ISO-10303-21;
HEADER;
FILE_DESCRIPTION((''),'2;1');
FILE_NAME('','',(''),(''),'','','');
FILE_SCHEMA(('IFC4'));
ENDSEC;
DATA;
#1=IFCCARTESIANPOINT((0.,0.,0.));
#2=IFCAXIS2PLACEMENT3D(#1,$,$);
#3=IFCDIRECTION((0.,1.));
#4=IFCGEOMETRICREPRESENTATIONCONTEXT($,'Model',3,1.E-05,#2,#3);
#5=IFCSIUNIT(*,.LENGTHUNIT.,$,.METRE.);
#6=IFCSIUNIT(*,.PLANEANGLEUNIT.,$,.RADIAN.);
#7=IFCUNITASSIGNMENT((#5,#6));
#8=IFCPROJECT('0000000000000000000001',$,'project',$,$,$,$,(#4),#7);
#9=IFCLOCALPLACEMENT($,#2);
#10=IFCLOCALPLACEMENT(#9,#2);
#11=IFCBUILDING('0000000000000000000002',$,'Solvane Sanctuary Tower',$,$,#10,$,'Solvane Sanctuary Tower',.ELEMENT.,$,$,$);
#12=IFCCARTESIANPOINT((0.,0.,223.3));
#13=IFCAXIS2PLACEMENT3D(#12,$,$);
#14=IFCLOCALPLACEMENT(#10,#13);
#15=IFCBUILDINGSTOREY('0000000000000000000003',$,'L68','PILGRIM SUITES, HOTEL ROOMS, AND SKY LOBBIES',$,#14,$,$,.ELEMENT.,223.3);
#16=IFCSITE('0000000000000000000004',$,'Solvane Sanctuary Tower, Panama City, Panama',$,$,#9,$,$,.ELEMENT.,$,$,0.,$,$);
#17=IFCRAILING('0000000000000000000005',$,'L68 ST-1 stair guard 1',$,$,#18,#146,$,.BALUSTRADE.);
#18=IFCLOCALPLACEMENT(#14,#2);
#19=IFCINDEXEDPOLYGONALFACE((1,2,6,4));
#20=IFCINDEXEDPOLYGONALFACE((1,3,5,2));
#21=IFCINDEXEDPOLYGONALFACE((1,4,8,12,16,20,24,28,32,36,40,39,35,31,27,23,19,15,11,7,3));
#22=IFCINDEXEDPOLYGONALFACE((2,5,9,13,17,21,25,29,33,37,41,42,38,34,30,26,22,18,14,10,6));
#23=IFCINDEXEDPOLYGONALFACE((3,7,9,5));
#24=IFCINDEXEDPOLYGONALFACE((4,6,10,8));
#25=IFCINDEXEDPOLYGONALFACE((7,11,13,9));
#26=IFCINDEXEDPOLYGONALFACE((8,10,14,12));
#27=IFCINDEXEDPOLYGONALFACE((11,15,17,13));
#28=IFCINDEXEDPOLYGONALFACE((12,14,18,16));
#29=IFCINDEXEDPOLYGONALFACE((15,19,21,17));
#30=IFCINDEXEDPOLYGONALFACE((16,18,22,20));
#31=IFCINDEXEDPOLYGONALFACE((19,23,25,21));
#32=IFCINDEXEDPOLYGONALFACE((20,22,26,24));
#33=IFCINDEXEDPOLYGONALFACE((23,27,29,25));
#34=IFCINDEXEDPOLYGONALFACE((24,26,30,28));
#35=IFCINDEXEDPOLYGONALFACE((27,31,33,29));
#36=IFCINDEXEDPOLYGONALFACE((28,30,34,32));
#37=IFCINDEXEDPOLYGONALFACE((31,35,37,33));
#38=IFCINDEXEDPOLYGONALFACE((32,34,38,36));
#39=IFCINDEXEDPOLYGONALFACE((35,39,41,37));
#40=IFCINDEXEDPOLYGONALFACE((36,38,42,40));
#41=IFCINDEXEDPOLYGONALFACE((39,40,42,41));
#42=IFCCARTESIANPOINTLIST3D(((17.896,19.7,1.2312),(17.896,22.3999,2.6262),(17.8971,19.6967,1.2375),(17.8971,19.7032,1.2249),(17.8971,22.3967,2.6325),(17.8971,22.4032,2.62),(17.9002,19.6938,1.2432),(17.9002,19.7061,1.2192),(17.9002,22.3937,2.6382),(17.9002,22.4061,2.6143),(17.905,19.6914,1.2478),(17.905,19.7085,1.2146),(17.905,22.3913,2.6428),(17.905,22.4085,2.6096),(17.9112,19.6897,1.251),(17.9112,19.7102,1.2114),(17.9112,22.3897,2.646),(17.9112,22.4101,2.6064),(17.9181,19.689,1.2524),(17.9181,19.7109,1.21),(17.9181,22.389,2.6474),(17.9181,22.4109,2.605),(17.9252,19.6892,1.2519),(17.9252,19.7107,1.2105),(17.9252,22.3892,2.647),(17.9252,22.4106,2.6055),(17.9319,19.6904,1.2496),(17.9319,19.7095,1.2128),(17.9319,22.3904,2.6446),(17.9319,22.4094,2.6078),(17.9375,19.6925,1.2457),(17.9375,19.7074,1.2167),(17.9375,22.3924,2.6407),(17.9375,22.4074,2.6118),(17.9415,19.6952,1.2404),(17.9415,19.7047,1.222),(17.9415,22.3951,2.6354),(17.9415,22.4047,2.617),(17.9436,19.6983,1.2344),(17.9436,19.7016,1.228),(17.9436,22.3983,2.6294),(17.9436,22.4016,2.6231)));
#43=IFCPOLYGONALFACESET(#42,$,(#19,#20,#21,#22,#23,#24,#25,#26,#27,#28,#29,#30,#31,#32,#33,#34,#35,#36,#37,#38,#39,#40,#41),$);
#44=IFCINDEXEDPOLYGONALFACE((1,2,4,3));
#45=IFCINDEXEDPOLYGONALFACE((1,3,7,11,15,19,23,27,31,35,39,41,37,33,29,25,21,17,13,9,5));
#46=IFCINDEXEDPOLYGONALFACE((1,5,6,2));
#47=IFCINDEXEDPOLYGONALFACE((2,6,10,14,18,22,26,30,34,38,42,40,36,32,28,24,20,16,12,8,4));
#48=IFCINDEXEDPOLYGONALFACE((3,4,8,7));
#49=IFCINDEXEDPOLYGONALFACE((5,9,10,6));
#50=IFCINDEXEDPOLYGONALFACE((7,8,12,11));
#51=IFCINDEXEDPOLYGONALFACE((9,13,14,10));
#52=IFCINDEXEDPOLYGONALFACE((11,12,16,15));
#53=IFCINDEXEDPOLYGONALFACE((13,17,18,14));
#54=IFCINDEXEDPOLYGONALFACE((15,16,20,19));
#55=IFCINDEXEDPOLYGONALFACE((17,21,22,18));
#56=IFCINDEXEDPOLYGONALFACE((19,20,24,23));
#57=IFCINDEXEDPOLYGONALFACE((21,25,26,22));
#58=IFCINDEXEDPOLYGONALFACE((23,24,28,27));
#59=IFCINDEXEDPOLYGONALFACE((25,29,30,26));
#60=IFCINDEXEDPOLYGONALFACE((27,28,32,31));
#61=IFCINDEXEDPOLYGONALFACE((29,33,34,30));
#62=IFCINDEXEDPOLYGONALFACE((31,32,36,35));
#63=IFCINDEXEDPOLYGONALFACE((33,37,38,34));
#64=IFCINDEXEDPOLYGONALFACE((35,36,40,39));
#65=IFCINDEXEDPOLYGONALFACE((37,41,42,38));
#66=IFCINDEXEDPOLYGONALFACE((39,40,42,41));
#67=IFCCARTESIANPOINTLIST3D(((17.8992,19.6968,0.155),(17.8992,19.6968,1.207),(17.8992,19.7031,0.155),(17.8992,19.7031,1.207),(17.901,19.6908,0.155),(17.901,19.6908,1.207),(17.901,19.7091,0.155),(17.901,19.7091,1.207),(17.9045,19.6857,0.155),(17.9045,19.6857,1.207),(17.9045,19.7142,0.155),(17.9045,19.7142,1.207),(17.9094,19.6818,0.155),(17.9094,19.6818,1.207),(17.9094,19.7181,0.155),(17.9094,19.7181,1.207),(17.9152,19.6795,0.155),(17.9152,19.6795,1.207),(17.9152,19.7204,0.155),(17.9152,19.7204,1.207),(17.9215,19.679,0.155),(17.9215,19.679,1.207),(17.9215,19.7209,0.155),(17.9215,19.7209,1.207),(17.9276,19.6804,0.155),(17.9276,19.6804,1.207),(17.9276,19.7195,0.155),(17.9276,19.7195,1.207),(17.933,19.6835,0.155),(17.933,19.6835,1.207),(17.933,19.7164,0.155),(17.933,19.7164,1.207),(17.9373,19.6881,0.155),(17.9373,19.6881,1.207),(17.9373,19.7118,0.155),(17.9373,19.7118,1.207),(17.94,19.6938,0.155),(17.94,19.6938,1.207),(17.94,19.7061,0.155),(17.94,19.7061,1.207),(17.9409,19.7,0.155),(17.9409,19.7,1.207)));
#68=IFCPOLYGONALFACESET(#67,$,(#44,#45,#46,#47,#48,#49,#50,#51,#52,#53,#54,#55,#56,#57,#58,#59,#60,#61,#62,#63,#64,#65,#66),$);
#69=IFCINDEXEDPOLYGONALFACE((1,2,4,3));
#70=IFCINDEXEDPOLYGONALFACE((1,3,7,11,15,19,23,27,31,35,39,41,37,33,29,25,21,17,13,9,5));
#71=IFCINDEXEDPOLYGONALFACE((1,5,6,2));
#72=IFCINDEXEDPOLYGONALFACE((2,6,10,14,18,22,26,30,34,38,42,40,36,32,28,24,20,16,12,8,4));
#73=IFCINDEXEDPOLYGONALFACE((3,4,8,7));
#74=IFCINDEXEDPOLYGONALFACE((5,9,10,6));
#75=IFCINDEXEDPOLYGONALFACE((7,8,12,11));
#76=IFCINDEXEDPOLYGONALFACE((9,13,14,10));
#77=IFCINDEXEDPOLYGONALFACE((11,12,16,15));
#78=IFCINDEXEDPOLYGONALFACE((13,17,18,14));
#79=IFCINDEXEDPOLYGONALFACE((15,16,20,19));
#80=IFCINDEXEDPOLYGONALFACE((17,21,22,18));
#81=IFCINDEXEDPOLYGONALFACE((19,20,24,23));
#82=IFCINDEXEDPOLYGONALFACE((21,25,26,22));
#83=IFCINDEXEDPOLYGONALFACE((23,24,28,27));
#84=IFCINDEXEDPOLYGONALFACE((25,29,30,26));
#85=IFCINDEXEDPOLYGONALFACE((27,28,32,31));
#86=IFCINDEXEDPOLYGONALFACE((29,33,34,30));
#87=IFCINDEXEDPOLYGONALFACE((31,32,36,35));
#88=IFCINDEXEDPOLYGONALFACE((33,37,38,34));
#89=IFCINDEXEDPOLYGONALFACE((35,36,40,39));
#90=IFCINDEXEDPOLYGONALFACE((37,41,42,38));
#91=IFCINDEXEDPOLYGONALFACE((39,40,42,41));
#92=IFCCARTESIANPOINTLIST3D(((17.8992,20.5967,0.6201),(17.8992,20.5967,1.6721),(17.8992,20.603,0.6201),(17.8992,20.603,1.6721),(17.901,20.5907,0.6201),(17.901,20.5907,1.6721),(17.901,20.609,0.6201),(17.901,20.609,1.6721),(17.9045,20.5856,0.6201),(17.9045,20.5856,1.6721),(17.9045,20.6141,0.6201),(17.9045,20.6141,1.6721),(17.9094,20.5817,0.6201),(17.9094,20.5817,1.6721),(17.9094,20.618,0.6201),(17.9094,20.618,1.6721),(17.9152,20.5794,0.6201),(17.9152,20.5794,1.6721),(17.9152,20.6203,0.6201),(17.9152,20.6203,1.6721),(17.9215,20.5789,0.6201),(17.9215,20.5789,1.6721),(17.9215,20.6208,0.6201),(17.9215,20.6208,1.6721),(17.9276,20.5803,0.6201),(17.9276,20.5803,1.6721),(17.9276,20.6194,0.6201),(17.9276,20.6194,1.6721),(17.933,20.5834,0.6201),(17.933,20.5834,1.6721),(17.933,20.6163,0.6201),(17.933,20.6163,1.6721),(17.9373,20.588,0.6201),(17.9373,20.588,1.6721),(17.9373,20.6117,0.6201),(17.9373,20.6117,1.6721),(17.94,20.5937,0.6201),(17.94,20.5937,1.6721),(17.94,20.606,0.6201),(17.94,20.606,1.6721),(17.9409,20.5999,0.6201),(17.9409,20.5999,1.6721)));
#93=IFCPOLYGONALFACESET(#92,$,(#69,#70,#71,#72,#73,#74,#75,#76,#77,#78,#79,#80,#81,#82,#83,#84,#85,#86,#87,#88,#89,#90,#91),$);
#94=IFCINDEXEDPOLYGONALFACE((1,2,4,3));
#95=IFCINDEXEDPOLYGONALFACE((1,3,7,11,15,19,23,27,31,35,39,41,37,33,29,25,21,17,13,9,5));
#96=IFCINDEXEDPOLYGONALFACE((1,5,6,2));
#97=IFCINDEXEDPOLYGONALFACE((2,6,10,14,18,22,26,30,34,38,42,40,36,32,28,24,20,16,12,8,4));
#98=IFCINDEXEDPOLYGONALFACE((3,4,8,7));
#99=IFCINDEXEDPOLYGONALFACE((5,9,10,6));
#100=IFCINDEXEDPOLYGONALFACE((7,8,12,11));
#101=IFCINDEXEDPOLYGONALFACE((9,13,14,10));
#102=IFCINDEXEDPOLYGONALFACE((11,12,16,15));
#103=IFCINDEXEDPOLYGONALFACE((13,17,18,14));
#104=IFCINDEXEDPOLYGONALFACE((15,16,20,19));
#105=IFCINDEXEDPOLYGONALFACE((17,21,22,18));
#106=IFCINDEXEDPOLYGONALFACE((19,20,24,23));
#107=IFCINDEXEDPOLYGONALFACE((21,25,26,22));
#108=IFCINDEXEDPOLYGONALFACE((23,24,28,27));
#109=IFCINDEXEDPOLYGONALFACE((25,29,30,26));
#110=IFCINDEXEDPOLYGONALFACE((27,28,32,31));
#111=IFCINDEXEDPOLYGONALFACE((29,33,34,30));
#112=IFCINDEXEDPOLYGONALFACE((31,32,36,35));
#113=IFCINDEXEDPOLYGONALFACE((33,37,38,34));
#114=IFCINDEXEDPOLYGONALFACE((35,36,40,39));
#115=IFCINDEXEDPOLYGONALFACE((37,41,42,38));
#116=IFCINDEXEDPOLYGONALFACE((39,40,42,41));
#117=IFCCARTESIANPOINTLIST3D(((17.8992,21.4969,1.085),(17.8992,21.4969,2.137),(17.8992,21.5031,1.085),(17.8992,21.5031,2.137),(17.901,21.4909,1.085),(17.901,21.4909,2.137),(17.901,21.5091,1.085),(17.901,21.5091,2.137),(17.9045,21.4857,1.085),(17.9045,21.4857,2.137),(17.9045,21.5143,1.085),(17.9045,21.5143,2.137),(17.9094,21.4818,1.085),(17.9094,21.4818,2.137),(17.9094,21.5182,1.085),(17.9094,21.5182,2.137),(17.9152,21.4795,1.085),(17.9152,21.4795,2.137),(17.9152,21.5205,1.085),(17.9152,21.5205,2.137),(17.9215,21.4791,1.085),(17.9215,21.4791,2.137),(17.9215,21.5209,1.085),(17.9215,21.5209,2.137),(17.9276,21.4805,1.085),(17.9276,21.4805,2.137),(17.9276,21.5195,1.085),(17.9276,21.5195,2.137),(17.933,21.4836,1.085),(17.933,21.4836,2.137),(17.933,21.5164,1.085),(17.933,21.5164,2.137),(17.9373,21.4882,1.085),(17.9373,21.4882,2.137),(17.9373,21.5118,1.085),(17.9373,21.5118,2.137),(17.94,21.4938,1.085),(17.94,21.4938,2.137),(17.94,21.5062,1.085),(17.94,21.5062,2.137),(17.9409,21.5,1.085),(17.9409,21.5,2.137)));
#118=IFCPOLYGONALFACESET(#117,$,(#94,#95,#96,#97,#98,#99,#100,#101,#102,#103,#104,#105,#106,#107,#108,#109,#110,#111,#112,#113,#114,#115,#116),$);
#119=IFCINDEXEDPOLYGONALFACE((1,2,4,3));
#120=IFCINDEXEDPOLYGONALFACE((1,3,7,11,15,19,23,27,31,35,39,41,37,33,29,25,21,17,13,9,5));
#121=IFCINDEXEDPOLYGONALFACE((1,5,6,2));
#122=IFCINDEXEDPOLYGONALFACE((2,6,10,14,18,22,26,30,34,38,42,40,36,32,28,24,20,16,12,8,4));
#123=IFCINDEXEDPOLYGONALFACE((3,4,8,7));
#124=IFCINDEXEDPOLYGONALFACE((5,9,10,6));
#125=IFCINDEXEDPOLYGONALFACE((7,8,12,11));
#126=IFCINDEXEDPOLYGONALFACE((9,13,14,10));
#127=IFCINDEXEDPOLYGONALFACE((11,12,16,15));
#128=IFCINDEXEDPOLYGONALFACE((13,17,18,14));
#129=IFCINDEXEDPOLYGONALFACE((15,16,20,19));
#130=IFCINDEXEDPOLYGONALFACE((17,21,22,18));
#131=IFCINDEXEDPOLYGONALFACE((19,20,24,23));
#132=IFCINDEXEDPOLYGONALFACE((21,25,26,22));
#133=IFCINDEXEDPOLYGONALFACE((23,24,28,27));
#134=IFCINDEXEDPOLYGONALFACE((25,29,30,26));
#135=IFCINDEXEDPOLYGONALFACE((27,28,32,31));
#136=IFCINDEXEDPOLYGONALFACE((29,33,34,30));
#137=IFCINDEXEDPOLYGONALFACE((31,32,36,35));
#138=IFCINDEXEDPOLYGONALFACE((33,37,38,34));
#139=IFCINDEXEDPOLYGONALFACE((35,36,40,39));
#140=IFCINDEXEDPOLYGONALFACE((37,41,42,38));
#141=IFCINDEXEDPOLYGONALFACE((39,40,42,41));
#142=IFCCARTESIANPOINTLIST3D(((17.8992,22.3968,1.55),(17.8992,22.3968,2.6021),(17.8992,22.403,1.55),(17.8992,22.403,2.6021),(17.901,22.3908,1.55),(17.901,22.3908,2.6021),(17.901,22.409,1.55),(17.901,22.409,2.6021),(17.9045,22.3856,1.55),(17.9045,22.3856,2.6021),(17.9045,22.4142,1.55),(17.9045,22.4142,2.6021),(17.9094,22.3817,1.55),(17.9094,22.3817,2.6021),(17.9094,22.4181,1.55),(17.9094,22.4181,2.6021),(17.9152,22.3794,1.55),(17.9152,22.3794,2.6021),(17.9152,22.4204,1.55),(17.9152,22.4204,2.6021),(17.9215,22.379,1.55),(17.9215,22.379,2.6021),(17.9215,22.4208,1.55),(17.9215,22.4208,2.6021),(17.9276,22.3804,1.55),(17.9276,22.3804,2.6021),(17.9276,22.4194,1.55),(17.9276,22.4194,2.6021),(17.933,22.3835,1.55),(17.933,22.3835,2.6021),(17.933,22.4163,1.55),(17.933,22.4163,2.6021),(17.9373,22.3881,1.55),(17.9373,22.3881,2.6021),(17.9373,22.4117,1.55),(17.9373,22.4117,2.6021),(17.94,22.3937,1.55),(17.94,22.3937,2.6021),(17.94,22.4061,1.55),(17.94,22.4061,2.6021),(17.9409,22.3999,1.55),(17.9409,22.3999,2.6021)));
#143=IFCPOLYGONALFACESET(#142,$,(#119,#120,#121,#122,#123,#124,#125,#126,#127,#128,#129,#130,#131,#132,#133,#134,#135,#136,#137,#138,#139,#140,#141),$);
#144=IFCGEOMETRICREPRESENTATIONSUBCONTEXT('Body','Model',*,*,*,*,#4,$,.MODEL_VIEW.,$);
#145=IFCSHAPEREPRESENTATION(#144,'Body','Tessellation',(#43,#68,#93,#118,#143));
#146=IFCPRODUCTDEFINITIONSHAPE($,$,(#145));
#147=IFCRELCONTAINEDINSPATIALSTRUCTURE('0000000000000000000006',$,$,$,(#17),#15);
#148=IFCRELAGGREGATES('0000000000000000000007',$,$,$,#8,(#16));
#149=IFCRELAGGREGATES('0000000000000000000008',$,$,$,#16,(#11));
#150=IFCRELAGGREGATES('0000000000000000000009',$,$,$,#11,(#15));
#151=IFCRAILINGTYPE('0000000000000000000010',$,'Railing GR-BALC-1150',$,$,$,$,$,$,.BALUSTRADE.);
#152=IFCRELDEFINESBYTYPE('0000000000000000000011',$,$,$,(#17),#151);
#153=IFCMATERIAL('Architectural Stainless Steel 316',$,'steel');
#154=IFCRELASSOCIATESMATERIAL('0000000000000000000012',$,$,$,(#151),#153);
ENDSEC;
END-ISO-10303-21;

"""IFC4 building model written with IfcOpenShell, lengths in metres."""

from ifc_helpers import new_model, si_unit, direction, frame, origin, origin_2d, place, context, subcontext, project, spatial, circle, extrude, material, type_object, element, save


model = new_model("IFC4")

# Units and contexts
model_context = context("Model", 3, precision=1e-05, world=origin(), true_north=direction((0.0, 1.0)))
body_context = subcontext(model_context, "Body", "Model", "MODEL_VIEW")
ifc_project = project(units=[si_unit("LENGTHUNIT", "METRE"), si_unit("PLANEANGLEUNIT", "RADIAN")], contexts=[model_context])

# Site, building, storey
site_placement = place(None, origin())
site = spatial("IfcSite", under=ifc_project, at=site_placement, Name="Solvane Sanctuary Tower, Panama City, Panama", CompositionType="ELEMENT", RefElevation=0.0)
building_placement = place(site_placement, origin())
building = spatial("IfcBuilding", under=site, at=building_placement, Name="Solvane Sanctuary Tower", LongName="Solvane Sanctuary Tower", CompositionType="ELEMENT")
storey_placement = place(building_placement, frame((0.0, 0.0, 223.3)))
storey = spatial("IfcBuildingStorey", under=building, at=storey_placement, Name="L68", Description="PILGRIM SUITES, HOTEL ROOMS, AND SKY LOBBIES", CompositionType="ELEMENT", Elevation=223.3)

# Shared definitions
ifc_material_1 = material(Name="Architectural Stainless Steel 316", Category="steel")

# Railing
railing_type = type_object("IfcRailingType", Name="Railing GR-BALC-1150", PredefinedType="BALUSTRADE", material=ifc_material_1)
railing_1_placement = place(storey_placement, frame((17.9199, 19.7, 0.155)))
element("IfcRailing", 1, at=railing_1_placement, inside=storey, type_object=railing_type, Name="L68 ST-1 stair guard 1", PredefinedType="BALUSTRADE", context=body_context, shape_type="SweptSolid", body=[
    extrude(circle(Radius=0.0239, at=origin_2d()), frame((0.0, 0.0, 1.0762), z_axis=(0.0, 0.88842, 0.459032), x_axis=(-1.0, 0.0, 0.0)), (0.0, 0.0, 1.0), 3.0391),
    extrude(circle(Radius=0.021, at=origin_2d()), origin(), (0.0, 0.0, 1.0), 1.052),
    extrude(circle(Radius=0.021, at=origin_2d()), frame((0.0, 0.8999, 0.4651)), (0.0, 0.0, 1.0), 1.052),
    extrude(circle(Radius=0.021, at=origin_2d()), frame((0.0, 1.8, 0.9299)), (0.0, 0.0, 1.0), 1.052),
    extrude(circle(Radius=0.021, at=origin_2d()), frame((0.0, 2.7, 1.395)), (0.0, 0.0, 1.0), 1.052),
])

save(model, "model.ifc")
